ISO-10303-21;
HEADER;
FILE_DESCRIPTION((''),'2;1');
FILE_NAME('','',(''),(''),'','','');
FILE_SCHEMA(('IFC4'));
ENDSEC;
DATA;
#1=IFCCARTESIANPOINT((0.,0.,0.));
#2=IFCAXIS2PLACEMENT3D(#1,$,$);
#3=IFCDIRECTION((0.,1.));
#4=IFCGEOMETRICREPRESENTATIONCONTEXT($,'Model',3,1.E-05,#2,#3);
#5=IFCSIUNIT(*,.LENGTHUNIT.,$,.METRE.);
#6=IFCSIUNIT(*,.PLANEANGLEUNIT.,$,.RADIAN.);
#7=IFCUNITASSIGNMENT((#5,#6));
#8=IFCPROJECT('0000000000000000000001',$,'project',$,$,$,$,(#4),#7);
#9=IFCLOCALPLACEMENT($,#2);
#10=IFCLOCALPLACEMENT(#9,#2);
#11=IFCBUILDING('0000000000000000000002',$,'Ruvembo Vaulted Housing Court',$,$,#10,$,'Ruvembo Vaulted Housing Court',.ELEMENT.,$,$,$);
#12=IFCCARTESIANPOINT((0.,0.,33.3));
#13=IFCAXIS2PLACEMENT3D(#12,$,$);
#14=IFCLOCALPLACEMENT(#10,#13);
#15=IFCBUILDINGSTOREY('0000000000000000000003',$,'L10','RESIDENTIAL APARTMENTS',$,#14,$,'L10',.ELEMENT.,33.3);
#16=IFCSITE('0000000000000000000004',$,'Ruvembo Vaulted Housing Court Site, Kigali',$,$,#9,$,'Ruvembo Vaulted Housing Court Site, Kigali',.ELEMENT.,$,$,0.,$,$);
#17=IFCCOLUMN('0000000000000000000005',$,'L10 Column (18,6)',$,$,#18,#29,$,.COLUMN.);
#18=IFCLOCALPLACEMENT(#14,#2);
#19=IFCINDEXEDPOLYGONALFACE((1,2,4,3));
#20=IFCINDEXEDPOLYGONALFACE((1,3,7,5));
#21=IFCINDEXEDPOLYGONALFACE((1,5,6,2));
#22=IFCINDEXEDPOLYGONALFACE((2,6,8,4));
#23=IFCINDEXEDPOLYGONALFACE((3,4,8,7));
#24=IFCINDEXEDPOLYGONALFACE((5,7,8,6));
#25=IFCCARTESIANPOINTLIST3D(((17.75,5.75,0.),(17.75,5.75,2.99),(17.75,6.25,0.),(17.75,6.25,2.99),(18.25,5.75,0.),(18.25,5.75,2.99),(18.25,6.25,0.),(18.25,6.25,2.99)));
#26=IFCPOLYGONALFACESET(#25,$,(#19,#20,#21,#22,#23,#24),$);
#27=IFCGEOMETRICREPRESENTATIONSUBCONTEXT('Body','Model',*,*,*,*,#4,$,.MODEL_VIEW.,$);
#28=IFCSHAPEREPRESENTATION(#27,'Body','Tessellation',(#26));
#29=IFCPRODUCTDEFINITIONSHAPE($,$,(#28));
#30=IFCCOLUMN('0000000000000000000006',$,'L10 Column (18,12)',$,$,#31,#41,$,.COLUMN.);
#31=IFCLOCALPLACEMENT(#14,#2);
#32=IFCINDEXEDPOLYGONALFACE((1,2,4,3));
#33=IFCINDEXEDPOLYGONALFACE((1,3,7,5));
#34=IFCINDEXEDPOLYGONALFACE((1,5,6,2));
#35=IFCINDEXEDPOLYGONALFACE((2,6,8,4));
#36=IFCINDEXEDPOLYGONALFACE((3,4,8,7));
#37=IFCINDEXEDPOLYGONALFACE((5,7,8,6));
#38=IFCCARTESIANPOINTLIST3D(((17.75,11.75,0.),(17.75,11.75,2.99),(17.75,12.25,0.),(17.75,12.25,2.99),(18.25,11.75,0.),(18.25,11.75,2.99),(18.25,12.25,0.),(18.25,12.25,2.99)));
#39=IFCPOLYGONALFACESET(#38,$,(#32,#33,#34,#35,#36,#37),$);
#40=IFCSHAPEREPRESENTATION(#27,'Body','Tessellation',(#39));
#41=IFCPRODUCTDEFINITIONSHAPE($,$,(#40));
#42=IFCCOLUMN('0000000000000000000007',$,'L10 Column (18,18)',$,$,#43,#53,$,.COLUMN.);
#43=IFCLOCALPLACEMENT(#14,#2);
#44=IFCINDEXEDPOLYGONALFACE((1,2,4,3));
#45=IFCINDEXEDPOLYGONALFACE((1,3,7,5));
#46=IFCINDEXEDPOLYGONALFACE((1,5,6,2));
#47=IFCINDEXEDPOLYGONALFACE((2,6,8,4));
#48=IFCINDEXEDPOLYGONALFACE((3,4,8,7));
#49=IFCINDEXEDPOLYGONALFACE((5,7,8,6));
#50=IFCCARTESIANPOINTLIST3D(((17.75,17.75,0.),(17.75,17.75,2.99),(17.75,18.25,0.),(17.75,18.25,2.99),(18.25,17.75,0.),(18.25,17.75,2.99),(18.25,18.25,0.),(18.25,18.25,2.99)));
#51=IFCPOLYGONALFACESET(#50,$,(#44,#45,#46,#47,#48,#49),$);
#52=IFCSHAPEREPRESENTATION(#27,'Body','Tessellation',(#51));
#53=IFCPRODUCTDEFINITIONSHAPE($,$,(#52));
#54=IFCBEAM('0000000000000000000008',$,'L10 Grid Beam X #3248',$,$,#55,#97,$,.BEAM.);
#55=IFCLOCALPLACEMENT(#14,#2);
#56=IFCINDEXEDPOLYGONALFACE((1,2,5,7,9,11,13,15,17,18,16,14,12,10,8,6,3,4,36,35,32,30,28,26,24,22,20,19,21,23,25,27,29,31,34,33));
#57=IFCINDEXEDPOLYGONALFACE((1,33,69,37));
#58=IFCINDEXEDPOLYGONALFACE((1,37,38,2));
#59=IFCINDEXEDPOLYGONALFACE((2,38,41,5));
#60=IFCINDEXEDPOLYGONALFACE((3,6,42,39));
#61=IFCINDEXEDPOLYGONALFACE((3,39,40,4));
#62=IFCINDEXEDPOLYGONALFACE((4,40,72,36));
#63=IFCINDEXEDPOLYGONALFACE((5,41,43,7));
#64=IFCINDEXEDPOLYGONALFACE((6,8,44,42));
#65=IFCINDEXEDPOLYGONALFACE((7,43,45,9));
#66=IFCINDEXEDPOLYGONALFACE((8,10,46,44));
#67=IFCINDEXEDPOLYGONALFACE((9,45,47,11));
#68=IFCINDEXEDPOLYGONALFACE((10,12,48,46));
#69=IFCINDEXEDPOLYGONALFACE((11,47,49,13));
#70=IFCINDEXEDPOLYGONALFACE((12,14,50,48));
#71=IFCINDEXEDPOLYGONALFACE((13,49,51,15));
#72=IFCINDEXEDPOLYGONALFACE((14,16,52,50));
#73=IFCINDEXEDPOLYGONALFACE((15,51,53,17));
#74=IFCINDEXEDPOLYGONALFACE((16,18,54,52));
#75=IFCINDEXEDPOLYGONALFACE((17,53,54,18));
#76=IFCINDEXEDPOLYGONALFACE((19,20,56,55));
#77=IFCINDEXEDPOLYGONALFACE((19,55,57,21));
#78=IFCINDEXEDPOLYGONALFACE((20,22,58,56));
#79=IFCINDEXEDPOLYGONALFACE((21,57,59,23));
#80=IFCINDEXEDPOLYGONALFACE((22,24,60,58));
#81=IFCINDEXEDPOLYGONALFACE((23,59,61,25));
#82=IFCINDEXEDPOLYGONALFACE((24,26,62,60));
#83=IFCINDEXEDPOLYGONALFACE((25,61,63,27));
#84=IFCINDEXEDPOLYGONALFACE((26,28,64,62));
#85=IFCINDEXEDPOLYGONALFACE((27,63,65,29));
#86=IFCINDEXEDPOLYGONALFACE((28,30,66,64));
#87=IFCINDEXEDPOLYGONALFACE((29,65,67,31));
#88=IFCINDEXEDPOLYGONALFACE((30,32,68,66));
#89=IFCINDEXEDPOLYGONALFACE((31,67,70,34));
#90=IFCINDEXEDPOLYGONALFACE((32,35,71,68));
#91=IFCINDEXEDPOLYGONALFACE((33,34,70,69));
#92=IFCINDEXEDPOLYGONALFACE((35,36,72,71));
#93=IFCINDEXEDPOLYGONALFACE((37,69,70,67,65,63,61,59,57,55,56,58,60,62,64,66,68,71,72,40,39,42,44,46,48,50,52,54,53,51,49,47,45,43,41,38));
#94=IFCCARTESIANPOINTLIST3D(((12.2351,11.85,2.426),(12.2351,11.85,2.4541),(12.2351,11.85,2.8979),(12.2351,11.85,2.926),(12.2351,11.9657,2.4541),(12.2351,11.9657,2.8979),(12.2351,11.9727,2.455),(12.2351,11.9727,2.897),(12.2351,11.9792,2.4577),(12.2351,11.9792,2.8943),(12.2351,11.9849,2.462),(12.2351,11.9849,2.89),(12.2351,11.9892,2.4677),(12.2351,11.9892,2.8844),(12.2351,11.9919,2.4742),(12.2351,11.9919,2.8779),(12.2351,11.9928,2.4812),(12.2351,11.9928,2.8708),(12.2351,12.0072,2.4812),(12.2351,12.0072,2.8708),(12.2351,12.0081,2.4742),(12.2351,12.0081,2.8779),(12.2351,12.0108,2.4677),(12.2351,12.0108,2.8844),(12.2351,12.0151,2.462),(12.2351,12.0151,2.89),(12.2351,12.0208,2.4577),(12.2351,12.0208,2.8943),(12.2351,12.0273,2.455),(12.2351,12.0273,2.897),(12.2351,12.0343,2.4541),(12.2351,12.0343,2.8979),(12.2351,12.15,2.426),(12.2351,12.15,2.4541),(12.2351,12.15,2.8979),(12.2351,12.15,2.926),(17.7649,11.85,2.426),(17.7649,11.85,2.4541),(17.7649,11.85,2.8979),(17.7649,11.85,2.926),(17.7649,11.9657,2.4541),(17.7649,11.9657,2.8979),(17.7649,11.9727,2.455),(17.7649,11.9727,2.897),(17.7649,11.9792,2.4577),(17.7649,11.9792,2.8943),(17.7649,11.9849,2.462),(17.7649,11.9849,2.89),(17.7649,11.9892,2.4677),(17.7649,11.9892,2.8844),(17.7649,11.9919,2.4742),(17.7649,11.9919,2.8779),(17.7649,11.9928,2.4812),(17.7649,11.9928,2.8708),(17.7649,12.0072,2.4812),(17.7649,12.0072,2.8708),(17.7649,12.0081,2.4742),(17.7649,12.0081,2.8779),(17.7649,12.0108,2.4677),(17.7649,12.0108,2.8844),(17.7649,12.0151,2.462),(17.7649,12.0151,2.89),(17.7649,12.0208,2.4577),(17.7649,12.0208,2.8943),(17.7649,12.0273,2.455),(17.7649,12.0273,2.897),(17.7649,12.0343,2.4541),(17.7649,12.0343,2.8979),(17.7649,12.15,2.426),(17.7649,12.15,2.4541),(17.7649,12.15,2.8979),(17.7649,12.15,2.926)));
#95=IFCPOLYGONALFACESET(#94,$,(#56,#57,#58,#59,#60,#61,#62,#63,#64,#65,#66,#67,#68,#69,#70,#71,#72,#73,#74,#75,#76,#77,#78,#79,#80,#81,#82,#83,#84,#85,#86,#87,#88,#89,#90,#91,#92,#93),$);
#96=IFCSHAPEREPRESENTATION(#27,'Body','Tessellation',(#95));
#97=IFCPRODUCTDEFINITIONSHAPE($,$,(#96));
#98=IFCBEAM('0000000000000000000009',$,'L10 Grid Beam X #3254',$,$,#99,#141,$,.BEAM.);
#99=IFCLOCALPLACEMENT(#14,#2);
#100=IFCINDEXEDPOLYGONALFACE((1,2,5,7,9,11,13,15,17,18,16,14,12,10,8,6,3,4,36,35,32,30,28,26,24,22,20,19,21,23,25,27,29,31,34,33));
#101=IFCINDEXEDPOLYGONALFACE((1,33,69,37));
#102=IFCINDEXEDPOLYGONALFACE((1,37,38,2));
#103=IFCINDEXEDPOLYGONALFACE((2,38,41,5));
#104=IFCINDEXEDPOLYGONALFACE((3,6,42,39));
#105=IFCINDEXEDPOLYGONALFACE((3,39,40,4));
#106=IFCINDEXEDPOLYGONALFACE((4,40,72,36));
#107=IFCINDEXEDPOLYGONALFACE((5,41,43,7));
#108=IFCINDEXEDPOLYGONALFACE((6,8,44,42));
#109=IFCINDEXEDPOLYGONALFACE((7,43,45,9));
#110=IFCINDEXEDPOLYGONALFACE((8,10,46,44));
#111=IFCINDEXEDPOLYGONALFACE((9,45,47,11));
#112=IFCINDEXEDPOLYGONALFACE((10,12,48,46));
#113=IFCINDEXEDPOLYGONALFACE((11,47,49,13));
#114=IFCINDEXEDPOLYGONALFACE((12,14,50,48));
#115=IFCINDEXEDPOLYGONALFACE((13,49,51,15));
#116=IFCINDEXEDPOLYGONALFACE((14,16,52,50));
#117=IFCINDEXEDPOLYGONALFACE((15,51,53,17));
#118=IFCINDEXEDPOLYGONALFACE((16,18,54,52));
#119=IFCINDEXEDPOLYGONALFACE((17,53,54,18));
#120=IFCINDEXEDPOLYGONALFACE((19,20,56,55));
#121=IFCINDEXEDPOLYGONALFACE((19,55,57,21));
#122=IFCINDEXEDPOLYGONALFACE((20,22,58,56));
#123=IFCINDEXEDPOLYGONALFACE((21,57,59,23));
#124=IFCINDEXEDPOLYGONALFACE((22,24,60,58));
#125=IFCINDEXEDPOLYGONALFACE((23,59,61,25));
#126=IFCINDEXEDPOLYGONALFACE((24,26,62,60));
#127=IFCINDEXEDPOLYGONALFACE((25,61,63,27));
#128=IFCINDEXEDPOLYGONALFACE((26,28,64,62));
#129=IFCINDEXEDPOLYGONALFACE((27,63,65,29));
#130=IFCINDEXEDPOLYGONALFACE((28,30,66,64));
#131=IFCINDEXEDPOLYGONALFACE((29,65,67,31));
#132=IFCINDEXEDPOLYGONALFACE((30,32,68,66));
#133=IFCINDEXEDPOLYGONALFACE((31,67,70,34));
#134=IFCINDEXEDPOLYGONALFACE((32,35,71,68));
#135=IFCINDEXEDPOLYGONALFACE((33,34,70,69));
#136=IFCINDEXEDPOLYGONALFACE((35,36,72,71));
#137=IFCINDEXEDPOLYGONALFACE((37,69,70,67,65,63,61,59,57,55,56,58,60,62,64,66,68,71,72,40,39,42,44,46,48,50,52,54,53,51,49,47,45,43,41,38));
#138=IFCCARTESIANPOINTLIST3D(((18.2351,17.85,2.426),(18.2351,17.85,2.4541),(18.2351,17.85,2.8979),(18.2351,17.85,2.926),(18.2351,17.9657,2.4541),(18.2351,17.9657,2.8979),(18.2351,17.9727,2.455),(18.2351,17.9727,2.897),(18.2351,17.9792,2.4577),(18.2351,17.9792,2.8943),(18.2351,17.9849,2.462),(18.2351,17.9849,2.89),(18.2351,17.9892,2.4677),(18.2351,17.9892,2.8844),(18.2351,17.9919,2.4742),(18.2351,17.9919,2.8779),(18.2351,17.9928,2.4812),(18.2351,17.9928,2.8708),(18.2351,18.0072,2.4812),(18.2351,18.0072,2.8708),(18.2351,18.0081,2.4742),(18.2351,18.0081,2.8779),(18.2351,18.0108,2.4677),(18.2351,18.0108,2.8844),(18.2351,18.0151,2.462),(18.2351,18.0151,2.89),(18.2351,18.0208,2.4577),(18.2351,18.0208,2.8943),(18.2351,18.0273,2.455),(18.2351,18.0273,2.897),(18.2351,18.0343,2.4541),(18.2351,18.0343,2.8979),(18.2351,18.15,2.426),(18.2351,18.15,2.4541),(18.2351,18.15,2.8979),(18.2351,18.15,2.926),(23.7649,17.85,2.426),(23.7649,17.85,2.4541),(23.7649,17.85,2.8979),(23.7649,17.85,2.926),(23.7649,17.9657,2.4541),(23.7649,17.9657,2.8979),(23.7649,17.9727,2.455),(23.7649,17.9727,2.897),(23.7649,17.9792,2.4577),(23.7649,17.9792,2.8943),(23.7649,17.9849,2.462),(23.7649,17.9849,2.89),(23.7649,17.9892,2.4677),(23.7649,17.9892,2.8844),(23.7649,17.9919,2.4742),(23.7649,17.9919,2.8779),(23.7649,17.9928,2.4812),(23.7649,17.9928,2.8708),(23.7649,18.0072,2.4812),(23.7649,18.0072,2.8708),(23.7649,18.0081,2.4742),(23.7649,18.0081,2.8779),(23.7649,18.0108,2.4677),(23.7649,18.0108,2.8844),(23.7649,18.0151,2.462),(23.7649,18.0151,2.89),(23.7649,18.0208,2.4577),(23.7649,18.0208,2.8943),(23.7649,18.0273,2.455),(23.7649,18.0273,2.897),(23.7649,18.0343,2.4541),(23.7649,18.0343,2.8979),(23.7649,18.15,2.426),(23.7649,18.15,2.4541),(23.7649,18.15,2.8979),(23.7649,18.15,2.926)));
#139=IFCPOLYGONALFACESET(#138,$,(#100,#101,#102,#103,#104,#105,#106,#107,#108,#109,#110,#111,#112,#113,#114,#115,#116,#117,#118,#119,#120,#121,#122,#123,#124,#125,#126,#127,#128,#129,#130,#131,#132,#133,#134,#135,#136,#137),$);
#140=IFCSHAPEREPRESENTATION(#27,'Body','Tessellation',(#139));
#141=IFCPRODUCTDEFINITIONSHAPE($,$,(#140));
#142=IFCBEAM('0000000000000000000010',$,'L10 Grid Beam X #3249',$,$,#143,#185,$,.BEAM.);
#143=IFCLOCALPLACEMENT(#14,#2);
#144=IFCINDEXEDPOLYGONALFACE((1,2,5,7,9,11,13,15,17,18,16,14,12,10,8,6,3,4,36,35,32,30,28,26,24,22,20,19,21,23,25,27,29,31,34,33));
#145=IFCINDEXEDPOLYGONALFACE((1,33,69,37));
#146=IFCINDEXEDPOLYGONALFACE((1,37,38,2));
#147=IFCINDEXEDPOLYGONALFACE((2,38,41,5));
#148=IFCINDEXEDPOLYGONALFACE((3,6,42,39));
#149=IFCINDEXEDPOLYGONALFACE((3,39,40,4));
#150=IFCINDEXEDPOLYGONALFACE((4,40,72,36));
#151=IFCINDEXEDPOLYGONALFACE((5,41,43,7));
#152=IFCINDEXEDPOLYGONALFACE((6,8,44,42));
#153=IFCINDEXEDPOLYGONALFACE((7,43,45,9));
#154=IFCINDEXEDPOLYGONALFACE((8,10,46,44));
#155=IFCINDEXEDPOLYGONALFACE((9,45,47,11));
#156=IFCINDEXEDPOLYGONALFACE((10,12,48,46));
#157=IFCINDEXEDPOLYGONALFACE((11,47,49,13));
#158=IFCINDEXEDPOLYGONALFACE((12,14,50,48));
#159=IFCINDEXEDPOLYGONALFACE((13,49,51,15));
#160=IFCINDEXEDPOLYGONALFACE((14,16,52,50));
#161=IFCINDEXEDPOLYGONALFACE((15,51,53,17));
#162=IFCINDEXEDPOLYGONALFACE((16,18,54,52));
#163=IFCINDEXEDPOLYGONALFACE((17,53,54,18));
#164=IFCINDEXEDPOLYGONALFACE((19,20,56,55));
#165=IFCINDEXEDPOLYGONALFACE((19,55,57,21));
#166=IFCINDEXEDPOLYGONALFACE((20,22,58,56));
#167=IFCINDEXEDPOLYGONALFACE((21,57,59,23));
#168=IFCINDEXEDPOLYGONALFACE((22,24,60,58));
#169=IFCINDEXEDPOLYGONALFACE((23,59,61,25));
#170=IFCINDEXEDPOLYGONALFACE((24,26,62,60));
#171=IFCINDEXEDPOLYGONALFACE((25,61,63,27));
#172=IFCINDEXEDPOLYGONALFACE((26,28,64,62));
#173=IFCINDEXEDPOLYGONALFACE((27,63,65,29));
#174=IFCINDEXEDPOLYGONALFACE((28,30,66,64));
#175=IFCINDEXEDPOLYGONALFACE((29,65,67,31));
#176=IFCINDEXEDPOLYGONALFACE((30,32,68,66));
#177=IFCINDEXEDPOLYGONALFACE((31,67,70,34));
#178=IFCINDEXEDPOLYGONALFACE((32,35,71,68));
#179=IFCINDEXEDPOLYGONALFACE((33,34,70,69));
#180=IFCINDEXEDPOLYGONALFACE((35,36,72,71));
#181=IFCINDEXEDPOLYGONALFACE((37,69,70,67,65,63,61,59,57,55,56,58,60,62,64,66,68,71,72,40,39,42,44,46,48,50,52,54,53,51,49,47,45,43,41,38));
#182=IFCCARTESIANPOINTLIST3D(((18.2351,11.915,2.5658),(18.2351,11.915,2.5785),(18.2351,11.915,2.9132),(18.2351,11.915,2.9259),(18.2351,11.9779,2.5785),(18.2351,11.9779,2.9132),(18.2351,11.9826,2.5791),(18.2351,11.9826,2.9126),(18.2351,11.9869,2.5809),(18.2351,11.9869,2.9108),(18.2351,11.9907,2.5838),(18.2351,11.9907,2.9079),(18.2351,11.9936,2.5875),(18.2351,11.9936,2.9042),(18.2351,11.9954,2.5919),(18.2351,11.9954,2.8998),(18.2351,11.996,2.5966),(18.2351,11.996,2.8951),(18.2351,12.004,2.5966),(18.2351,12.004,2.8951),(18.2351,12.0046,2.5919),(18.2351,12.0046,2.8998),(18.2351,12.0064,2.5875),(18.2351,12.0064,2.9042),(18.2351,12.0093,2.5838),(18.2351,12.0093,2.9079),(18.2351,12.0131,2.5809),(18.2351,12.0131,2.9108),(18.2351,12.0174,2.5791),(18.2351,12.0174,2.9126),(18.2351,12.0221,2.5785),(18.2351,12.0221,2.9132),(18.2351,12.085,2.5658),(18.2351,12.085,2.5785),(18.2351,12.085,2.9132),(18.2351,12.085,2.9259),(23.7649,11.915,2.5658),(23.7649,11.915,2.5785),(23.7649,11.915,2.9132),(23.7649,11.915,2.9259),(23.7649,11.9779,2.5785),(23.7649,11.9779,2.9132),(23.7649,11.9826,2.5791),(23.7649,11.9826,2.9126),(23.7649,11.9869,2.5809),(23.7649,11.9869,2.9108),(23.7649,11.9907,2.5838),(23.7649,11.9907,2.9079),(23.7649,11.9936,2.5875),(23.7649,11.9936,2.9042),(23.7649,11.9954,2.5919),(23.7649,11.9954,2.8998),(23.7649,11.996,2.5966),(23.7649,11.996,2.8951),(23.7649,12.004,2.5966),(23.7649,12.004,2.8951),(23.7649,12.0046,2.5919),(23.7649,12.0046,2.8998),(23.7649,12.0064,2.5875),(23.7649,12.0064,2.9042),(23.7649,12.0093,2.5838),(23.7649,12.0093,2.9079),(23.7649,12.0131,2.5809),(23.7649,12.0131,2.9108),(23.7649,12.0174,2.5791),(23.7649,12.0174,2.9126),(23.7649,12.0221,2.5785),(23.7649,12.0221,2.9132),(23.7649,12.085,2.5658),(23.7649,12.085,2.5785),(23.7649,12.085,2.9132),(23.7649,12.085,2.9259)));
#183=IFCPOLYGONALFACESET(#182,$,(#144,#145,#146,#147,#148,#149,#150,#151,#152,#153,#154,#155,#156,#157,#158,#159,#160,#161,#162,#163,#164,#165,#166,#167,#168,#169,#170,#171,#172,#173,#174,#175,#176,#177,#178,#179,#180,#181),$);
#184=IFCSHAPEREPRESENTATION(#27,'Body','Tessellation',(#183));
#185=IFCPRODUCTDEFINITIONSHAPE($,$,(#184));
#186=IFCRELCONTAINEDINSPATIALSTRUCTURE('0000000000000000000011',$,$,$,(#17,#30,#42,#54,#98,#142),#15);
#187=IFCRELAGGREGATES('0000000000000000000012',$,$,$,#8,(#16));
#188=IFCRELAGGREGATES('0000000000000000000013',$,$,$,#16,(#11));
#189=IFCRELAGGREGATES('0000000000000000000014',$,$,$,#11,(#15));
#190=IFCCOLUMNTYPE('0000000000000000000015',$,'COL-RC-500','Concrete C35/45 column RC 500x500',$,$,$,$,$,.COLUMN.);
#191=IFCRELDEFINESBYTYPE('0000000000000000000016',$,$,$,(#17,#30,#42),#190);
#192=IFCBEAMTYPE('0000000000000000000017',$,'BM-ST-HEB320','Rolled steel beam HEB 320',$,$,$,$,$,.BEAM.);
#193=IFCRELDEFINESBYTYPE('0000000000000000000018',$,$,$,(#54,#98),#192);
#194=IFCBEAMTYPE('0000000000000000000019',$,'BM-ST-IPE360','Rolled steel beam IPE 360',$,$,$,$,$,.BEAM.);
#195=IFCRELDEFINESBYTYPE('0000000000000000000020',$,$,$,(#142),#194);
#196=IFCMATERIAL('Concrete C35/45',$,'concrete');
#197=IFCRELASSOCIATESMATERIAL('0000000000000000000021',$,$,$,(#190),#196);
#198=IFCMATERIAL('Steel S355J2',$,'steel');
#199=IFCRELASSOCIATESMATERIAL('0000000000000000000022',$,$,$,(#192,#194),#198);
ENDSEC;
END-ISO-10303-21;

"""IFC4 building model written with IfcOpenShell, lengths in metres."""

from ifc_helpers import new_model, si_unit, direction, frame, origin, origin_2d, place, context, subcontext, project, spatial, rectangle, i_section, extrude, material, material_profile, profile_set, type_object, element, save


model = new_model("IFC4")

# Units and contexts
model_context = context("Model", 3, precision=1e-05, world=origin(), true_north=direction((0.0, 1.0)))
body_context = subcontext(model_context, "Body", "Model", "MODEL_VIEW")
ifc_project = project(units=[si_unit("LENGTHUNIT", "METRE"), si_unit("PLANEANGLEUNIT", "RADIAN")], contexts=[model_context])

# Site, building, storey
site_placement = place(None, origin())
site = spatial("IfcSite", under=ifc_project, at=site_placement, Name="Ruvembo Vaulted Housing Court Site, Kigali", LongName="Ruvembo Vaulted Housing Court Site, Kigali", CompositionType="ELEMENT", RefElevation=0.0)
building_placement = place(site_placement, origin())
building = spatial("IfcBuilding", under=site, at=building_placement, Name="Ruvembo Vaulted Housing Court", LongName="Ruvembo Vaulted Housing Court", CompositionType="ELEMENT")
storey_placement = place(building_placement, frame((0.0, 0.0, 33.3)))
storey = spatial("IfcBuildingStorey", under=building, at=storey_placement, Name="L10", Description="RESIDENTIAL APARTMENTS", LongName="L10", CompositionType="ELEMENT", Elevation=33.3)

# Columns
ifc_material_1 = material(Name="Concrete C35/45", Category="concrete")
ifc_material_profile_1 = material_profile(ifc_material_1, rectangle(XDim=0.5, YDim=0.5, at=origin_2d()), Name="RC 500x500")
ifc_profile_set_1 = profile_set([ifc_material_profile_1], Name="Concrete C35/45")
column_type = type_object("IfcColumnType", Name="COL-RC-500", Description="Concrete C35/45 column RC 500x500", PredefinedType="COLUMN", material=ifc_profile_set_1)
for number, where, z_axis, x_axis, name in (
    (1, (18.0, 6.0, 0.0), (0.0, 0.0, 1.0), (1.0, 0.0, 0.0), "L10 Column (18,6)"),
    (2, (18.0, 12.0, 0.0), (0.0, 0.0, 1.0), (1.0, 0.0, 0.0), "L10 Column (18,12)"),
    (3, (18.0, 18.0, 0.0), (0.0, 0.0, 1.0), (1.0, 0.0, 0.0), "L10 Column (18,18)"),
):
    element("IfcColumn", number, at=place(storey_placement, frame(where, z_axis=z_axis, x_axis=x_axis)), inside=storey, type_object=column_type, Name=name, PredefinedType="COLUMN", context=body_context, shape_type="SweptSolid", body=[
        extrude(rectangle(XDim=0.5, YDim=0.5, at=origin_2d()), origin(), (0.0, 0.0, 1.0), 2.99),
    ])

# Beams
ifc_material_2 = material(Name="Steel S355J2", Category="steel")
ifc_material_profile_2 = material_profile(ifc_material_2, i_section(OverallWidth=0.3, OverallDepth=0.5, WebThickness=0.0144, FlangeThickness=0.0281, FilletRadius=0.0271, at=origin_2d()), Name="HEB 320")
ifc_profile_set_2 = profile_set([ifc_material_profile_2], Name="Steel S355J2")
beam_type_1 = type_object("IfcBeamType", Name="BM-ST-HEB320", Description="Rolled steel beam HEB 320", PredefinedType="BEAM", material=ifc_profile_set_2)
for number, where, z_axis, x_axis, name in (
    (4, (12.2351, 12.0, 2.676), (1.0, 0.0, 0.0), (0.0, 1.0, 0.0), "L10 Grid Beam X #3248"),
    (5, (18.2351, 18.0, 2.676), (1.0, 0.0, 0.0), (0.0, 1.0, 0.0), "L10 Grid Beam X #3254"),
):
    element("IfcBeam", number, at=place(storey_placement, frame(where, z_axis=z_axis, x_axis=x_axis)), inside=storey, type_object=beam_type_1, Name=name, PredefinedType="BEAM", context=body_context, shape_type="SweptSolid", body=[
        extrude(i_section(OverallWidth=0.3, OverallDepth=0.5, WebThickness=0.0144, FlangeThickness=0.0281, FilletRadius=0.0271, at=origin_2d()), origin(), (0.0, 0.0, 1.0), 5.5298),
    ])
ifc_material_profile_3 = material_profile(ifc_material_2, i_section(OverallWidth=0.1699, OverallDepth=0.3601, WebThickness=0.0081, FlangeThickness=0.0127, FilletRadius=0.0181, at=origin_2d()), Name="IPE 360")
ifc_profile_set_3 = profile_set([ifc_material_profile_3], Name="Steel S355J2")
beam_type_2 = type_object("IfcBeamType", Name="BM-ST-IPE360", Description="Rolled steel beam IPE 360", PredefinedType="BEAM", material=ifc_profile_set_3)
for number, where, z_axis, x_axis, name in (
    (6, (18.2351, 12.0, 2.7458), (1.0, 0.0, 0.0), (0.0, 1.0, 0.0), "L10 Grid Beam X #3249"),
):
    element("IfcBeam", number, at=place(storey_placement, frame(where, z_axis=z_axis, x_axis=x_axis)), inside=storey, type_object=beam_type_2, Name=name, PredefinedType="BEAM", context=body_context, shape_type="SweptSolid", body=[
        extrude(i_section(OverallWidth=0.1699, OverallDepth=0.3601, WebThickness=0.0081, FlangeThickness=0.0127, FilletRadius=0.0181, at=origin_2d()), origin(), (0.0, 0.0, 1.0), 5.5298),
    ])

save(model, "model.ifc")
